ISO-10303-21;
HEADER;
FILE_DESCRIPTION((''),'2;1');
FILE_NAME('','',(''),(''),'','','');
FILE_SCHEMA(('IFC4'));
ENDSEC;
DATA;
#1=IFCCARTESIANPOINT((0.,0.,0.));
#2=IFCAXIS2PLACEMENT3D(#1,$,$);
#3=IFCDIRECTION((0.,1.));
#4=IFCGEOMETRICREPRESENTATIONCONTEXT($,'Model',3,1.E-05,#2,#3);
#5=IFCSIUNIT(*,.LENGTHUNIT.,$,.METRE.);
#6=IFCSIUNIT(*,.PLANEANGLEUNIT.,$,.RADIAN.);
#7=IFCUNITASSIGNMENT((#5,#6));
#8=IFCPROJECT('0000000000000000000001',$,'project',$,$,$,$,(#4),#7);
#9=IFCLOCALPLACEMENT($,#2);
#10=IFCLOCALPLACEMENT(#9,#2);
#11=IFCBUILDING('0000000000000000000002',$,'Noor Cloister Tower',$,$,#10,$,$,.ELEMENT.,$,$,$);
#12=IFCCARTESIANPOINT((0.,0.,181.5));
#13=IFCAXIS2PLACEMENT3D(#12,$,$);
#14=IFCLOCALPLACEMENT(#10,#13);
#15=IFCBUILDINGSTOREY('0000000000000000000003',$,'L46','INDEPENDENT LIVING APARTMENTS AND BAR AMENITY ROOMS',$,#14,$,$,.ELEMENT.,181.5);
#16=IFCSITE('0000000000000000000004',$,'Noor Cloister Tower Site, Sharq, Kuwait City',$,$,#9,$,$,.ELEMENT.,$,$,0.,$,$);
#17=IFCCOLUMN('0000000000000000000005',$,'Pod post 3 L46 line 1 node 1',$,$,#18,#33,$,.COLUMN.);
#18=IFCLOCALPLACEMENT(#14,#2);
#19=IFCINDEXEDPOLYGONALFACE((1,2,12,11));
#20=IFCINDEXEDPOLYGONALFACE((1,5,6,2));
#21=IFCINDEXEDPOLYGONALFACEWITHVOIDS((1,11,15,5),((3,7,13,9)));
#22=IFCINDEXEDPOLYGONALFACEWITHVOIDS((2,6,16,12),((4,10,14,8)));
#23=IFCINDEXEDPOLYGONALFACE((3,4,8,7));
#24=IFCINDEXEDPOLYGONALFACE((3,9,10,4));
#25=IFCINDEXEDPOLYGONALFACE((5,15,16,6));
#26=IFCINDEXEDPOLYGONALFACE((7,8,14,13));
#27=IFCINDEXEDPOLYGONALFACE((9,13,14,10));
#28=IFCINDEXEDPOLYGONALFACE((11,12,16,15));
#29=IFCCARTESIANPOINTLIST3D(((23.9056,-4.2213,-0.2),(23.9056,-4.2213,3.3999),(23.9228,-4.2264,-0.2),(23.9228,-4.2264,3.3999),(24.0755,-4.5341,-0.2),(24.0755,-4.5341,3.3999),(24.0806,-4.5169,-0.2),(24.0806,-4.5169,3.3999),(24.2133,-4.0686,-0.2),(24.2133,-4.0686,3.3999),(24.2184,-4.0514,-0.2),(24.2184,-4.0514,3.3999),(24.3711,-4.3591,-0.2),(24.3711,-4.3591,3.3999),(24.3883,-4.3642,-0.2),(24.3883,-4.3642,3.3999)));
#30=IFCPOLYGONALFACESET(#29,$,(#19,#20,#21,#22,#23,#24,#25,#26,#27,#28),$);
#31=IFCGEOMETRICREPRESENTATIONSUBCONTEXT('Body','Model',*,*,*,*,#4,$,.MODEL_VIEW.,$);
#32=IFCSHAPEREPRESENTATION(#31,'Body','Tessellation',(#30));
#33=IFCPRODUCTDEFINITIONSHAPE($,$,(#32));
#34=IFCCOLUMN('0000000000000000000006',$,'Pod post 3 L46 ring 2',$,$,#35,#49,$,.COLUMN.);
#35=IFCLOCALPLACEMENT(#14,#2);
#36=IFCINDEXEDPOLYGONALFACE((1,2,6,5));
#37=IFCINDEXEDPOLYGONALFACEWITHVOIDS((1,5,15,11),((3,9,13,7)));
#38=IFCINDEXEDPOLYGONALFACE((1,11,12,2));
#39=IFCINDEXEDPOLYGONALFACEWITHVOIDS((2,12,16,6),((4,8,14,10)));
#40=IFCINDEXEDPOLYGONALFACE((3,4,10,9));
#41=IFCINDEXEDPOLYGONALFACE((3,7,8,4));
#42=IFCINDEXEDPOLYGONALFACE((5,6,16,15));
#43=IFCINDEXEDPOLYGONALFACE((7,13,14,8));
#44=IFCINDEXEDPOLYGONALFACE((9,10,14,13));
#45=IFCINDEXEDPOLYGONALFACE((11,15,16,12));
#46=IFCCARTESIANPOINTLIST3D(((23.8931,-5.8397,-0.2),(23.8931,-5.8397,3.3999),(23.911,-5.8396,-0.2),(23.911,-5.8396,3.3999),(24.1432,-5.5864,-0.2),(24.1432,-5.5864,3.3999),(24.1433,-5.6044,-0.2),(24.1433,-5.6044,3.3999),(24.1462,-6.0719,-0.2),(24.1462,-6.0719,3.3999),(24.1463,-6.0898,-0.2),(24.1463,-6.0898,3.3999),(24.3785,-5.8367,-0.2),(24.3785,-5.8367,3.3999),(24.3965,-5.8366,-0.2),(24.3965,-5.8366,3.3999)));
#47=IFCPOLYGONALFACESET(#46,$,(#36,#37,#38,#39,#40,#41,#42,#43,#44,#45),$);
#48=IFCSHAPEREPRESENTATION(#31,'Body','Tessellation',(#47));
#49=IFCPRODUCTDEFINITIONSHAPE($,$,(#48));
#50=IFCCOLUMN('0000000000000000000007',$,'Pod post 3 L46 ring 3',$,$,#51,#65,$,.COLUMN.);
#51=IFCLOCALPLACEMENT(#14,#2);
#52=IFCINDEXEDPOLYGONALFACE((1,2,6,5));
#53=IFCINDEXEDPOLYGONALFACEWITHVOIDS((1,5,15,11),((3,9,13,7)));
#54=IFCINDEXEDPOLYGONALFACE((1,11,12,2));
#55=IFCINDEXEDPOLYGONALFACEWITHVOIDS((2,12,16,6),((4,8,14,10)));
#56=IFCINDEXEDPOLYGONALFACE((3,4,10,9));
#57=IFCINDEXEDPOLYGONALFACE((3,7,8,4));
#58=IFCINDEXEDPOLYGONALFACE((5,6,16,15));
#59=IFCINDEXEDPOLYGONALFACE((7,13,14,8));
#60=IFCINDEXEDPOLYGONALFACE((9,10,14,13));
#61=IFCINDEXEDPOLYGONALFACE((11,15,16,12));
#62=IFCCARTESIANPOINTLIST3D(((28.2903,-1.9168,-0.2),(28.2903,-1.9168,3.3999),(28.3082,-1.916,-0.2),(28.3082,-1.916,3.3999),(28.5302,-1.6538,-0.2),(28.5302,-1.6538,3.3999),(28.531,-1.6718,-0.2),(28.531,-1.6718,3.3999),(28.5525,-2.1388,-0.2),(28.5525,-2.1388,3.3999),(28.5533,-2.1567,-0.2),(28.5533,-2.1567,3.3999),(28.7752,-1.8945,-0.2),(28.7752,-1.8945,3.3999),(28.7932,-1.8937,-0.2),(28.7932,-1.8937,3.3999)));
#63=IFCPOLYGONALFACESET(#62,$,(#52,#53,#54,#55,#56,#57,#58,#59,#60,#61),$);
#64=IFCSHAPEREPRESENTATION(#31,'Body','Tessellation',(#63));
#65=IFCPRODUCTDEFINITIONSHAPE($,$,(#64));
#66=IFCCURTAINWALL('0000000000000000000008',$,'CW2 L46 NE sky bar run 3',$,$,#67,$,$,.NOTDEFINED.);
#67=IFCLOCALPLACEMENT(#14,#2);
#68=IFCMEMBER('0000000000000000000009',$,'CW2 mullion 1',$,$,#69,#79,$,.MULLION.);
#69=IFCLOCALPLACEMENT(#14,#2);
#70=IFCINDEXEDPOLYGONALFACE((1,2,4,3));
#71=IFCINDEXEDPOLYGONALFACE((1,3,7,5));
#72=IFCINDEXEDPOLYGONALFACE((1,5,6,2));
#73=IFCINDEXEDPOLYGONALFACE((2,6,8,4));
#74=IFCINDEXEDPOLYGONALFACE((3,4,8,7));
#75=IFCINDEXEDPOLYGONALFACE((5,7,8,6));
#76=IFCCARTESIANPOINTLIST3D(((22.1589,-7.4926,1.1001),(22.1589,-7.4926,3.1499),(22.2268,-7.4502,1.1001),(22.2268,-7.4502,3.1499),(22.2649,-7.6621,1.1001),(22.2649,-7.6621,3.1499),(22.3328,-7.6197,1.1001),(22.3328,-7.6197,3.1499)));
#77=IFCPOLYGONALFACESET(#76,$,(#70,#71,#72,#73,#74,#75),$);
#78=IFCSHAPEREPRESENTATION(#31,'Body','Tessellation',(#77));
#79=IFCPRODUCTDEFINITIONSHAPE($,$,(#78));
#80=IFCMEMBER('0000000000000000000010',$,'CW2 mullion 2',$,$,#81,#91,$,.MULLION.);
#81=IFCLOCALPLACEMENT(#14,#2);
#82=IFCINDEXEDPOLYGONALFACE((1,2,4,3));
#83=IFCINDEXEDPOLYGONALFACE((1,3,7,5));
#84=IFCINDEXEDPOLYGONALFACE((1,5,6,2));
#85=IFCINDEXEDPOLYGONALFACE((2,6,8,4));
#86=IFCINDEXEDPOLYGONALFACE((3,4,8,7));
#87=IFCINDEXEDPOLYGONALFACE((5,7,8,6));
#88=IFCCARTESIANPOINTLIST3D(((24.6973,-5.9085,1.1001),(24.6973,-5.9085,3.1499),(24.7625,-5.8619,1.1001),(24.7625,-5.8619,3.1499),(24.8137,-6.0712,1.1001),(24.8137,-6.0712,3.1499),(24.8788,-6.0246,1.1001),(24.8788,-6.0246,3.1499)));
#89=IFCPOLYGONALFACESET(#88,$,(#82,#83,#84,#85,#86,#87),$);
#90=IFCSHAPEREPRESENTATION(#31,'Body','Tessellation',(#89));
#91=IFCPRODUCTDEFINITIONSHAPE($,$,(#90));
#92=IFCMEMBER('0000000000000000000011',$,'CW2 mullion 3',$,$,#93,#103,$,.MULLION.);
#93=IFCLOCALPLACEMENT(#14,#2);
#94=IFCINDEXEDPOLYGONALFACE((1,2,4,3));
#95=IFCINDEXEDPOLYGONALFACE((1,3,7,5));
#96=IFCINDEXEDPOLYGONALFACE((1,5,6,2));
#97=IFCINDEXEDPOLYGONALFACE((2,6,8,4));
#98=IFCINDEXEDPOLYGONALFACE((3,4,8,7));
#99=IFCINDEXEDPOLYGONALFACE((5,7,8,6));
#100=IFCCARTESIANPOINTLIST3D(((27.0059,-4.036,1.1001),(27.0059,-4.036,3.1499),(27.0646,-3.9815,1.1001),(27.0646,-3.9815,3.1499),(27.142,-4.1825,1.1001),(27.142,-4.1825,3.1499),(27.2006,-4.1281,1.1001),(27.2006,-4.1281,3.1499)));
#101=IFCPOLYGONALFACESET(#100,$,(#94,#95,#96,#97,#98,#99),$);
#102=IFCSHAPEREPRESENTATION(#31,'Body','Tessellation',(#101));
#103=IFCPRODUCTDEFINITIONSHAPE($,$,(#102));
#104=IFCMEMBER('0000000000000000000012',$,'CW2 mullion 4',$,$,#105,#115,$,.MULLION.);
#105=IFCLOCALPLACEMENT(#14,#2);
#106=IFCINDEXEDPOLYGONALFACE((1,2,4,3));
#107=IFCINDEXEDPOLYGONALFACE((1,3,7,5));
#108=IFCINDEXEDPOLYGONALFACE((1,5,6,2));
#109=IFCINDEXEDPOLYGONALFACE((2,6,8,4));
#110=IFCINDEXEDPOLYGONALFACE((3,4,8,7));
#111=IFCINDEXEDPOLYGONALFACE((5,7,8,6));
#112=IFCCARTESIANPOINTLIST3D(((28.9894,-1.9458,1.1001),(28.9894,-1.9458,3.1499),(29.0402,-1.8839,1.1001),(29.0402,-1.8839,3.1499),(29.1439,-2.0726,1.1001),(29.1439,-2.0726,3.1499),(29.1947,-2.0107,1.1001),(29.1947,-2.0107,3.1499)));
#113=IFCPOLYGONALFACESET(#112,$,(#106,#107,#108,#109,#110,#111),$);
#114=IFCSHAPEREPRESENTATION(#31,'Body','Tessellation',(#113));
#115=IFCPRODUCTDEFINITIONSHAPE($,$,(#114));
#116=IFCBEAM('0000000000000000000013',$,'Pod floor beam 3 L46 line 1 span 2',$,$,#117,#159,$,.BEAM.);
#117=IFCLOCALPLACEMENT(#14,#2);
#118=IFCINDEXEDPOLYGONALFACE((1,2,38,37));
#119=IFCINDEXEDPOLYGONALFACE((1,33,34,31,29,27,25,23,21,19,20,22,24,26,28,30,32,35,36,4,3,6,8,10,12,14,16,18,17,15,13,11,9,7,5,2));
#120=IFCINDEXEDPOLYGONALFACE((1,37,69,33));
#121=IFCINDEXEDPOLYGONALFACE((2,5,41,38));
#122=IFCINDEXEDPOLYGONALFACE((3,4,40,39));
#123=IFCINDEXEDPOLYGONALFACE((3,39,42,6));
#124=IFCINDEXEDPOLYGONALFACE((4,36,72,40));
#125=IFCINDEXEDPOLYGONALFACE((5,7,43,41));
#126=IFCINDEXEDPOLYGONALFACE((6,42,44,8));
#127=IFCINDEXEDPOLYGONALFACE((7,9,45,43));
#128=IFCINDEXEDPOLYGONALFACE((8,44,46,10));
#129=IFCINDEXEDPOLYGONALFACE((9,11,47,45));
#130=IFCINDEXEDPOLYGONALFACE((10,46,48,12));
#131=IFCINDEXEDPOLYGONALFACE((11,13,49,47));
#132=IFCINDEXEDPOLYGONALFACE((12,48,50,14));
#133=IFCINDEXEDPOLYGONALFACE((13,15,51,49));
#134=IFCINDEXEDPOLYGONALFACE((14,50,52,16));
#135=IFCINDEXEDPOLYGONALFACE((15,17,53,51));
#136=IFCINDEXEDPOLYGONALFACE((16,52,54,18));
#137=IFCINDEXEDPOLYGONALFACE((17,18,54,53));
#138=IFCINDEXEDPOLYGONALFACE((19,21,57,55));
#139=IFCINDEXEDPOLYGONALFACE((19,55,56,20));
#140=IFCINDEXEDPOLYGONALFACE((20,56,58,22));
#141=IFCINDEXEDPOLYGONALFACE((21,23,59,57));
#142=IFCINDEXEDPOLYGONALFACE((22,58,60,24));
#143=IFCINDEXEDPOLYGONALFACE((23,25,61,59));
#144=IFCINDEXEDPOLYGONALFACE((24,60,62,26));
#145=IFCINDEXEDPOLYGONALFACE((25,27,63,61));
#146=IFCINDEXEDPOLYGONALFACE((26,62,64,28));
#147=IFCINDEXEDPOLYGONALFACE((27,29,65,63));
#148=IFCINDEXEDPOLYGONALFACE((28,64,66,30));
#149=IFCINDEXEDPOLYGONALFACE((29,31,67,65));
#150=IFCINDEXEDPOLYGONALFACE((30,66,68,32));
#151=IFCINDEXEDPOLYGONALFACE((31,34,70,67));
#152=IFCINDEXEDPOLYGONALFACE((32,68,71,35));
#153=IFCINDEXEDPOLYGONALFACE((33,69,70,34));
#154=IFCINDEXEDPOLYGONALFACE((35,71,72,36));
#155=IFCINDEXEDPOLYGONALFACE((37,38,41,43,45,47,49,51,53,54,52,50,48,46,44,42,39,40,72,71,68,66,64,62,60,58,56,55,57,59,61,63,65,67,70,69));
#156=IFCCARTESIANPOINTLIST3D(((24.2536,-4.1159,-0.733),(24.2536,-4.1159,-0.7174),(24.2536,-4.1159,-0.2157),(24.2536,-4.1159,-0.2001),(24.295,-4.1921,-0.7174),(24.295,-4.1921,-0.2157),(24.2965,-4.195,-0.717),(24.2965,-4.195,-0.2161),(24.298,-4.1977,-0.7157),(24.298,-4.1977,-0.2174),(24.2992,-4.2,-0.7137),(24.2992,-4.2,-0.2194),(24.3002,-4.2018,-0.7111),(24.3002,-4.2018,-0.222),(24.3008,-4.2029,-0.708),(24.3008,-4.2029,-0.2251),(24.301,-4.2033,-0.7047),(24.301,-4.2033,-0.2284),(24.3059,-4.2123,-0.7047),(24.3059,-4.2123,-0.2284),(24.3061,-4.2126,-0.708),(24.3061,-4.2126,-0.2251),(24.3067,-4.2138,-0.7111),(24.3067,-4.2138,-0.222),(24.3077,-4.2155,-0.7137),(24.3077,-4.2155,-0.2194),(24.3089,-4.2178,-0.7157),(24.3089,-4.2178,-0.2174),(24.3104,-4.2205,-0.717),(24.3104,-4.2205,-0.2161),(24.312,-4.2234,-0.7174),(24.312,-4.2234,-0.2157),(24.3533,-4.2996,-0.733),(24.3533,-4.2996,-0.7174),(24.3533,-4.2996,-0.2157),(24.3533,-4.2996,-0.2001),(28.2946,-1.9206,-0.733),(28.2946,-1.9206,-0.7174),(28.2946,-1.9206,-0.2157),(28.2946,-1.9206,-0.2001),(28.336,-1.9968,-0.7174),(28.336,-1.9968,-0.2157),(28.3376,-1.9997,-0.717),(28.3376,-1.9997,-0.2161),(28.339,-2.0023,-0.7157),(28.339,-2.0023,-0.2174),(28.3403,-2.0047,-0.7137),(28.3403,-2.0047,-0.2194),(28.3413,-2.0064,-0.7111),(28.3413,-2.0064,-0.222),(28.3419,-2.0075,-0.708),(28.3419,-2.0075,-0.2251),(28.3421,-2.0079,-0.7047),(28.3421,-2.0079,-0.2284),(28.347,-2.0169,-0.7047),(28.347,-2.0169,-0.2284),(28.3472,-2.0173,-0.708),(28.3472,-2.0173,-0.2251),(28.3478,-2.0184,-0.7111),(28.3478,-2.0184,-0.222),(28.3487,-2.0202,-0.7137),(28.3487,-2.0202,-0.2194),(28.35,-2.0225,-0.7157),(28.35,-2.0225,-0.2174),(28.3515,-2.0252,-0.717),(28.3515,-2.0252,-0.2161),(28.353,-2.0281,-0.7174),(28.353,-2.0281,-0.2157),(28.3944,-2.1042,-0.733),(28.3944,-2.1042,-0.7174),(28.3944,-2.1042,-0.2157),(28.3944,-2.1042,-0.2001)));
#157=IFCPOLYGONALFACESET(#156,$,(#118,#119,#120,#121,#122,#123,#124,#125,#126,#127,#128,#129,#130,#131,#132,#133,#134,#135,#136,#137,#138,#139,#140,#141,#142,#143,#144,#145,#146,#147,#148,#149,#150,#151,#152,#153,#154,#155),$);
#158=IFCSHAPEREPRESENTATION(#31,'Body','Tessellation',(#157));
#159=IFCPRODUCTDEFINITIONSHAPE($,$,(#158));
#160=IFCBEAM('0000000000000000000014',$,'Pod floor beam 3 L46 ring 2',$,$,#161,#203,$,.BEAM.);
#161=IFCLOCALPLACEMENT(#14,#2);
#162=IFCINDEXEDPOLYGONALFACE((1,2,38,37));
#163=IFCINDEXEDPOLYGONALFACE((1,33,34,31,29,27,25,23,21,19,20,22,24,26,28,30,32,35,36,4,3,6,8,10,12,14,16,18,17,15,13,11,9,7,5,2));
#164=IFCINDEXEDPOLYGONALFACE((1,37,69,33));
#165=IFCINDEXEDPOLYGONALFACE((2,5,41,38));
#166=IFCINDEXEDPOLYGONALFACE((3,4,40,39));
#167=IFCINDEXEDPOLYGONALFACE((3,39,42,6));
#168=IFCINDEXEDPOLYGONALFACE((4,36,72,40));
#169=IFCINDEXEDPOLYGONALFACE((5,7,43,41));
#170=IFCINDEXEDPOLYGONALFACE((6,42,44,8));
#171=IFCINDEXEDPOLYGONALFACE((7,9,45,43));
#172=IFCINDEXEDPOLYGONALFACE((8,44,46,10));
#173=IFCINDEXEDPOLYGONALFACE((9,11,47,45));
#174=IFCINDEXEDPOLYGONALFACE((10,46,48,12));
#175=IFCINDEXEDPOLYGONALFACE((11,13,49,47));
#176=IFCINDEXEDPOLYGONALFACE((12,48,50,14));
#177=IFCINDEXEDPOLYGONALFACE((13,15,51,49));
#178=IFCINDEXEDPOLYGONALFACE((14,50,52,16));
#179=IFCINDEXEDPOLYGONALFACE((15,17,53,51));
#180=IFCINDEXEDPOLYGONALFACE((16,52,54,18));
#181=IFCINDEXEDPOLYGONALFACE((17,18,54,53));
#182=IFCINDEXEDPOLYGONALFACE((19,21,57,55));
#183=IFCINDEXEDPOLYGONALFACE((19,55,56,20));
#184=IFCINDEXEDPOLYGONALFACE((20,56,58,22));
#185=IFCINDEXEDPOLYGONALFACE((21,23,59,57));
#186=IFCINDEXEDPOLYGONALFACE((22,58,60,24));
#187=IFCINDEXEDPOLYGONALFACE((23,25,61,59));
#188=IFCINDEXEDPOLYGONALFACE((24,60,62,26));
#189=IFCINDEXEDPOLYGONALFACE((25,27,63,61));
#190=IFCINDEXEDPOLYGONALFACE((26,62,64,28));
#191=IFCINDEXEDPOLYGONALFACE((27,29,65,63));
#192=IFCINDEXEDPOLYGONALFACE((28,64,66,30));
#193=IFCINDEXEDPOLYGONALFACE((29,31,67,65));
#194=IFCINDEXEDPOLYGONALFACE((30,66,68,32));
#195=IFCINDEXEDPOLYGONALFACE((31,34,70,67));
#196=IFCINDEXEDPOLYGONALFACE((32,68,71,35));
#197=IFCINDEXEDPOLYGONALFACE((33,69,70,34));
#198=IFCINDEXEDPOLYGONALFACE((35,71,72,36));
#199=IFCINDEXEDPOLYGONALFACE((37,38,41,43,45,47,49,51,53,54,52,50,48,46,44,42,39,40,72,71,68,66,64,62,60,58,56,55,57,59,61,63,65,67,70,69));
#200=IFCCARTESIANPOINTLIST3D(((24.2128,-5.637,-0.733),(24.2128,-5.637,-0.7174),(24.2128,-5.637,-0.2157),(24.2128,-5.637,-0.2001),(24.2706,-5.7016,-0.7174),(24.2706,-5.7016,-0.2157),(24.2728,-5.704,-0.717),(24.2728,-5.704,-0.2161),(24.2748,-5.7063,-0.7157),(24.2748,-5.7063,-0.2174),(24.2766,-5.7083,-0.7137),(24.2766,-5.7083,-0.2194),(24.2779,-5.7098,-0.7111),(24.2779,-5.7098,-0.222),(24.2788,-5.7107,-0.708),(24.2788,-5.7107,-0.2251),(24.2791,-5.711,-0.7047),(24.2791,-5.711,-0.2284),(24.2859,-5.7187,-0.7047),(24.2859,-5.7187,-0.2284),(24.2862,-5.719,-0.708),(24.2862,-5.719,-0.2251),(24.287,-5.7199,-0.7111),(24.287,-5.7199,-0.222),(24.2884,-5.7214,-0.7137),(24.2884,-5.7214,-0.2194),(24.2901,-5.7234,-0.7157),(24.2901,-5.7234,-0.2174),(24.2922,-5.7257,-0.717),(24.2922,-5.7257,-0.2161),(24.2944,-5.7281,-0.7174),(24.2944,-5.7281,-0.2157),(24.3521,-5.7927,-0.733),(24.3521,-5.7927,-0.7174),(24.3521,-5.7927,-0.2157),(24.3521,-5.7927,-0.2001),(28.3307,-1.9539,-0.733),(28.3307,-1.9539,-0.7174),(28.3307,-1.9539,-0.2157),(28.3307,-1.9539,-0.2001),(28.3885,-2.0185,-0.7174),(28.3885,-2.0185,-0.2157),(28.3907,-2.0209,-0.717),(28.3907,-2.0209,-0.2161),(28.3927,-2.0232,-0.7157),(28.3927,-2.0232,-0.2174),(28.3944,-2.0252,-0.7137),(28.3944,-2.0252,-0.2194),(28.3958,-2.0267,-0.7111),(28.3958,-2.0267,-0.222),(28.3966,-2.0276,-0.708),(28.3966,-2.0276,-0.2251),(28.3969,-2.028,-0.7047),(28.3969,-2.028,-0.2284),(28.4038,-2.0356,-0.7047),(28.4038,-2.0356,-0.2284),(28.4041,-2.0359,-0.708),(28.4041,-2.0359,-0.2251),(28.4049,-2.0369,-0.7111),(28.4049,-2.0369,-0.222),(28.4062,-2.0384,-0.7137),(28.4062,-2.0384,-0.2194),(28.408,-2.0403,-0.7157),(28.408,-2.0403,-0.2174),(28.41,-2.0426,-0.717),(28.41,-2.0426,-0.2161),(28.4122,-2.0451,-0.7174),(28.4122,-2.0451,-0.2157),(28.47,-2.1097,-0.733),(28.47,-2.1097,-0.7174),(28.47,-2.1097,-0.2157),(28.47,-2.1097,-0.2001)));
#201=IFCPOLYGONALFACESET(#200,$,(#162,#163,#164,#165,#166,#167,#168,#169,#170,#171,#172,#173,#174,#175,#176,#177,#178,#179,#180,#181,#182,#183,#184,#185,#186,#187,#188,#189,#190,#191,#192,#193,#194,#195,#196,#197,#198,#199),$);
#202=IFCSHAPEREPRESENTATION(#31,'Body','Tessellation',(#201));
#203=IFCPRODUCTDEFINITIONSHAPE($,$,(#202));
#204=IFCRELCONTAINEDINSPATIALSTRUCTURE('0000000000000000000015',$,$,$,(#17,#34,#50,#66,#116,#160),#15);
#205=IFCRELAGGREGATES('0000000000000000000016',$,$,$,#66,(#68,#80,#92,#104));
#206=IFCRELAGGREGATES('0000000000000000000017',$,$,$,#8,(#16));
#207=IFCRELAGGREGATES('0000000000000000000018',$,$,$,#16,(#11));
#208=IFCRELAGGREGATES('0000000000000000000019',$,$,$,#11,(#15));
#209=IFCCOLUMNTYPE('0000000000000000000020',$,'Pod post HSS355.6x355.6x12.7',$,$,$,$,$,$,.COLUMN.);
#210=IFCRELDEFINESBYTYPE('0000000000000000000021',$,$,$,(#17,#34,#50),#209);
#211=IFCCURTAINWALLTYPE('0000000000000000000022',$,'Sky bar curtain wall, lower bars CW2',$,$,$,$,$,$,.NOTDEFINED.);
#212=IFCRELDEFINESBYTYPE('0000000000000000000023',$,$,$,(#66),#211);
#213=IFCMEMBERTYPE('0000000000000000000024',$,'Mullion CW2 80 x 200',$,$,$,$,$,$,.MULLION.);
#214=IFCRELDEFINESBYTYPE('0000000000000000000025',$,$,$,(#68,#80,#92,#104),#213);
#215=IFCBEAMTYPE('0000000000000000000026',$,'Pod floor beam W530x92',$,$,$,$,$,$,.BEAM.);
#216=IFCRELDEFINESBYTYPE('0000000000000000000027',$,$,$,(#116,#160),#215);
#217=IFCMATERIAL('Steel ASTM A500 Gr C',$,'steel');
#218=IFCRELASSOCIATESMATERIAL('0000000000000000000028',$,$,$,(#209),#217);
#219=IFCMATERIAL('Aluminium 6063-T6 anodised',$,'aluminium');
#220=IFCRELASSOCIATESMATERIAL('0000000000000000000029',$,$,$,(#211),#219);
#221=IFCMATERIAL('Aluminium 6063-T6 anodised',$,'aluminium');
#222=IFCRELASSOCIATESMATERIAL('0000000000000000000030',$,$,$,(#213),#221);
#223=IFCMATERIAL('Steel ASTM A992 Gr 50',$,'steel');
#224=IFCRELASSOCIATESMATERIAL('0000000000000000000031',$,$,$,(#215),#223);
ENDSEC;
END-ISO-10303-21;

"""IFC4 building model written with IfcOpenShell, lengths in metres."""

from ifc_helpers import new_model, si_unit, direction, frame, origin, origin_2d, place, context, subcontext, project, spatial, rectangle, hollow_rectangle, i_section, extrude, material, material_profile, profile_set, type_object, element, aggregate, save


model = new_model("IFC4")

# Units and contexts
model_context = context("Model", 3, precision=1e-05, world=origin(), true_north=direction((0.0, 1.0)))
body_context = subcontext(model_context, "Body", "Model", "MODEL_VIEW")
ifc_project = project(units=[si_unit("LENGTHUNIT", "METRE"), si_unit("PLANEANGLEUNIT", "RADIAN")], contexts=[model_context])

# Site, building, storey
site_placement = place(None, origin())
site = spatial("IfcSite", under=ifc_project, at=site_placement, Name="Noor Cloister Tower Site, Sharq, Kuwait City", CompositionType="ELEMENT", RefElevation=0.0)
building_placement = place(site_placement, origin())
building = spatial("IfcBuilding", under=site, at=building_placement, Name="Noor Cloister Tower", CompositionType="ELEMENT")
storey_placement = place(building_placement, frame((0.0, 0.0, 181.5)))
storey = spatial("IfcBuildingStorey", under=building, at=storey_placement, Name="L46", Description="INDEPENDENT LIVING APARTMENTS AND BAR AMENITY ROOMS", CompositionType="ELEMENT", Elevation=181.5)

# Columns
ifc_material_1 = material(Name="Steel ASTM A500 Gr C", Category="steel")
ifc_material_profile_1 = material_profile(ifc_material_1, hollow_rectangle(XDim=0.356, YDim=0.356, WallThickness=0.0127, at=origin_2d()), Name="HSS355.6x355.6x12.7")
ifc_profile_set_1 = profile_set([ifc_material_profile_1], Name="Steel ASTM A500 Gr C")
column_type = type_object("IfcColumnType", Name="Pod post HSS355.6x355.6x12.7", PredefinedType="COLUMN", material=ifc_profile_set_1)
for number, where, z_axis, x_axis, name in (
    (1, (24.147, -4.2927, -0.2), (0.0, 0.0, 1.0), (0.878722, 0.477334, 0.0), "Pod post 3 L46 line 1 node 1"),
    (2, (24.1448, -5.8381, -0.2), (0.0, 0.0, 1.0), (0.70274, 0.711447, 0.0), "Pod post 3 L46 ring 2"),
    (3, (28.5417, -1.9053, -0.2), (0.0, 0.0, 1.0), (0.673878, 0.738843, 0.0), "Pod post 3 L46 ring 3"),
):
    element("IfcColumn", number, at=place(storey_placement, frame(where, z_axis=z_axis, x_axis=x_axis)), inside=storey, type_object=column_type, Name=name, PredefinedType="COLUMN", context=body_context, shape_type="SweptSolid", body=[
        extrude(hollow_rectangle(XDim=0.356, YDim=0.356, WallThickness=0.0127, at=origin_2d()), origin(), (0.0, 0.0, 1.0), 3.5999),
    ])

# Curtain wall, members
ifc_material_2 = material(Name="Aluminium 6063-T6 anodised", Category="aluminium")
curtain_wall_type = type_object("IfcCurtainWallType", Name="Sky bar curtain wall, lower bars CW2", PredefinedType="NOTDEFINED", material=ifc_material_2)
curtain_wall_placement = place(storey_placement, origin())
curtain_wall = element("IfcCurtainWall", 4, at=curtain_wall_placement, inside=storey, type_object=curtain_wall_type, Name="CW2 L46 NE sky bar run 3", PredefinedType="NOTDEFINED")
ifc_material_3 = material(Name="Aluminium 6063-T6 anodised", Category="aluminium")
ifc_material_profile_2 = material_profile(ifc_material_3, rectangle(XDim=0.2, YDim=0.0801, at=origin_2d()), Name="200 x 80 mullion")
ifc_profile_set_2 = profile_set([ifc_material_profile_2], Name="Aluminium 6063-T6 anodised")
member_type = type_object("IfcMemberType", Name="Mullion CW2 80 x 200", PredefinedType="MULLION", material=ifc_profile_set_2)
member_1_placement = place(storey_placement, frame((22.2458, -7.5562, 1.1001), z_axis=(0.0, 0.0, 1.0), x_axis=(-0.530209, 0.847867, 0.0)))
member_1 = element("IfcMember", 5, at=member_1_placement, type_object=member_type, Name="CW2 mullion 1", PredefinedType="MULLION", context=body_context, shape_type="SweptSolid", body=[
    extrude(rectangle(XDim=0.2, YDim=0.0801, at=origin_2d()), origin(), (0.0, 0.0, 1.0), 2.0498),
])
member_2_placement = place(storey_placement, frame((24.7881, -5.9666, 1.1001), z_axis=(0.0, 0.0, 1.0), x_axis=(-0.581874, 0.813279, 0.0)))
member_2 = element("IfcMember", 6, at=member_2_placement, type_object=member_type, Name="CW2 mullion 2", PredefinedType="MULLION", context=body_context, shape_type="SweptSolid", body=[
    extrude(rectangle(XDim=0.2, YDim=0.0801, at=origin_2d()), origin(), (0.0, 0.0, 1.0), 2.0498),
])
member_3_placement = place(storey_placement, frame((27.1033, -4.082, 1.1001), z_axis=(0.0, 0.0, 1.0), x_axis=(-0.680412, 0.732829, 0.0)))
member_3 = element("IfcMember", 7, at=member_3_placement, type_object=member_type, Name="CW2 mullion 3", PredefinedType="MULLION", context=body_context, shape_type="SweptSolid", body=[
    extrude(rectangle(XDim=0.2, YDim=0.0801, at=origin_2d()), origin(), (0.0, 0.0, 1.0), 2.0498),
])
member_4_placement = place(storey_placement, frame((29.092, -1.9783, 1.1001), z_axis=(0.0, 0.0, 1.0), x_axis=(-0.773026, 0.634375, 0.0)))
member_4 = element("IfcMember", 8, at=member_4_placement, type_object=member_type, Name="CW2 mullion 4", PredefinedType="MULLION", context=body_context, shape_type="SweptSolid", body=[
    extrude(rectangle(XDim=0.2, YDim=0.0801, at=origin_2d()), origin(), (0.0, 0.0, 1.0), 2.0498),
])

# Beams
ifc_material_4 = material(Name="Steel ASTM A992 Gr 50", Category="steel")
ifc_material_profile_3 = material_profile(ifc_material_4, i_section(OverallWidth=0.209, OverallDepth=0.533, WebThickness=0.0103, FlangeThickness=0.0156, FilletRadius=0.0127, at=origin_2d()), Name="W530x92")
ifc_profile_set_3 = profile_set([ifc_material_profile_3], Name="Steel ASTM A992 Gr 50")
beam_type = type_object("IfcBeamType", Name="Pod floor beam W530x92", PredefinedType="BEAM", material=ifc_profile_set_3)
beam_1_placement = place(storey_placement, frame((24.3035, -4.2078, -0.4666), z_axis=(0.878706, 0.477364, 0.0), x_axis=(-0.477364, 0.878706, 0.0)))
element("IfcBeam", 9, at=beam_1_placement, inside=storey, type_object=beam_type, Name="Pod floor beam 3 L46 line 1 span 2", PredefinedType="BEAM", context=body_context, shape_type="SweptSolid", body=[
    extrude(i_section(OverallWidth=0.209, OverallDepth=0.533, WebThickness=0.0103, FlangeThickness=0.0156, FilletRadius=0.0127, at=origin_2d()), origin(), (0.0, 0.0, 1.0), 4.5989),
])
beam_2_placement = place(storey_placement, frame((24.2825, -5.7148, -0.4666), z_axis=(0.745363, 0.666659, 0.0), x_axis=(-0.666659, 0.745363, 0.0)))
element("IfcBeam", 10, at=beam_2_placement, inside=storey, type_object=beam_type, Name="Pod floor beam 3 L46 ring 2", PredefinedType="BEAM", context=body_context, shape_type="SweptSolid", body=[
    extrude(i_section(OverallWidth=0.209, OverallDepth=0.533, WebThickness=0.0103, FlangeThickness=0.0156, FilletRadius=0.0127, at=origin_2d()), origin(), (0.0, 0.0, 1.0), 5.5247),
])

aggregate(curtain_wall, [member_1, member_2, member_3, member_4])

save(model, "model.ifc")
